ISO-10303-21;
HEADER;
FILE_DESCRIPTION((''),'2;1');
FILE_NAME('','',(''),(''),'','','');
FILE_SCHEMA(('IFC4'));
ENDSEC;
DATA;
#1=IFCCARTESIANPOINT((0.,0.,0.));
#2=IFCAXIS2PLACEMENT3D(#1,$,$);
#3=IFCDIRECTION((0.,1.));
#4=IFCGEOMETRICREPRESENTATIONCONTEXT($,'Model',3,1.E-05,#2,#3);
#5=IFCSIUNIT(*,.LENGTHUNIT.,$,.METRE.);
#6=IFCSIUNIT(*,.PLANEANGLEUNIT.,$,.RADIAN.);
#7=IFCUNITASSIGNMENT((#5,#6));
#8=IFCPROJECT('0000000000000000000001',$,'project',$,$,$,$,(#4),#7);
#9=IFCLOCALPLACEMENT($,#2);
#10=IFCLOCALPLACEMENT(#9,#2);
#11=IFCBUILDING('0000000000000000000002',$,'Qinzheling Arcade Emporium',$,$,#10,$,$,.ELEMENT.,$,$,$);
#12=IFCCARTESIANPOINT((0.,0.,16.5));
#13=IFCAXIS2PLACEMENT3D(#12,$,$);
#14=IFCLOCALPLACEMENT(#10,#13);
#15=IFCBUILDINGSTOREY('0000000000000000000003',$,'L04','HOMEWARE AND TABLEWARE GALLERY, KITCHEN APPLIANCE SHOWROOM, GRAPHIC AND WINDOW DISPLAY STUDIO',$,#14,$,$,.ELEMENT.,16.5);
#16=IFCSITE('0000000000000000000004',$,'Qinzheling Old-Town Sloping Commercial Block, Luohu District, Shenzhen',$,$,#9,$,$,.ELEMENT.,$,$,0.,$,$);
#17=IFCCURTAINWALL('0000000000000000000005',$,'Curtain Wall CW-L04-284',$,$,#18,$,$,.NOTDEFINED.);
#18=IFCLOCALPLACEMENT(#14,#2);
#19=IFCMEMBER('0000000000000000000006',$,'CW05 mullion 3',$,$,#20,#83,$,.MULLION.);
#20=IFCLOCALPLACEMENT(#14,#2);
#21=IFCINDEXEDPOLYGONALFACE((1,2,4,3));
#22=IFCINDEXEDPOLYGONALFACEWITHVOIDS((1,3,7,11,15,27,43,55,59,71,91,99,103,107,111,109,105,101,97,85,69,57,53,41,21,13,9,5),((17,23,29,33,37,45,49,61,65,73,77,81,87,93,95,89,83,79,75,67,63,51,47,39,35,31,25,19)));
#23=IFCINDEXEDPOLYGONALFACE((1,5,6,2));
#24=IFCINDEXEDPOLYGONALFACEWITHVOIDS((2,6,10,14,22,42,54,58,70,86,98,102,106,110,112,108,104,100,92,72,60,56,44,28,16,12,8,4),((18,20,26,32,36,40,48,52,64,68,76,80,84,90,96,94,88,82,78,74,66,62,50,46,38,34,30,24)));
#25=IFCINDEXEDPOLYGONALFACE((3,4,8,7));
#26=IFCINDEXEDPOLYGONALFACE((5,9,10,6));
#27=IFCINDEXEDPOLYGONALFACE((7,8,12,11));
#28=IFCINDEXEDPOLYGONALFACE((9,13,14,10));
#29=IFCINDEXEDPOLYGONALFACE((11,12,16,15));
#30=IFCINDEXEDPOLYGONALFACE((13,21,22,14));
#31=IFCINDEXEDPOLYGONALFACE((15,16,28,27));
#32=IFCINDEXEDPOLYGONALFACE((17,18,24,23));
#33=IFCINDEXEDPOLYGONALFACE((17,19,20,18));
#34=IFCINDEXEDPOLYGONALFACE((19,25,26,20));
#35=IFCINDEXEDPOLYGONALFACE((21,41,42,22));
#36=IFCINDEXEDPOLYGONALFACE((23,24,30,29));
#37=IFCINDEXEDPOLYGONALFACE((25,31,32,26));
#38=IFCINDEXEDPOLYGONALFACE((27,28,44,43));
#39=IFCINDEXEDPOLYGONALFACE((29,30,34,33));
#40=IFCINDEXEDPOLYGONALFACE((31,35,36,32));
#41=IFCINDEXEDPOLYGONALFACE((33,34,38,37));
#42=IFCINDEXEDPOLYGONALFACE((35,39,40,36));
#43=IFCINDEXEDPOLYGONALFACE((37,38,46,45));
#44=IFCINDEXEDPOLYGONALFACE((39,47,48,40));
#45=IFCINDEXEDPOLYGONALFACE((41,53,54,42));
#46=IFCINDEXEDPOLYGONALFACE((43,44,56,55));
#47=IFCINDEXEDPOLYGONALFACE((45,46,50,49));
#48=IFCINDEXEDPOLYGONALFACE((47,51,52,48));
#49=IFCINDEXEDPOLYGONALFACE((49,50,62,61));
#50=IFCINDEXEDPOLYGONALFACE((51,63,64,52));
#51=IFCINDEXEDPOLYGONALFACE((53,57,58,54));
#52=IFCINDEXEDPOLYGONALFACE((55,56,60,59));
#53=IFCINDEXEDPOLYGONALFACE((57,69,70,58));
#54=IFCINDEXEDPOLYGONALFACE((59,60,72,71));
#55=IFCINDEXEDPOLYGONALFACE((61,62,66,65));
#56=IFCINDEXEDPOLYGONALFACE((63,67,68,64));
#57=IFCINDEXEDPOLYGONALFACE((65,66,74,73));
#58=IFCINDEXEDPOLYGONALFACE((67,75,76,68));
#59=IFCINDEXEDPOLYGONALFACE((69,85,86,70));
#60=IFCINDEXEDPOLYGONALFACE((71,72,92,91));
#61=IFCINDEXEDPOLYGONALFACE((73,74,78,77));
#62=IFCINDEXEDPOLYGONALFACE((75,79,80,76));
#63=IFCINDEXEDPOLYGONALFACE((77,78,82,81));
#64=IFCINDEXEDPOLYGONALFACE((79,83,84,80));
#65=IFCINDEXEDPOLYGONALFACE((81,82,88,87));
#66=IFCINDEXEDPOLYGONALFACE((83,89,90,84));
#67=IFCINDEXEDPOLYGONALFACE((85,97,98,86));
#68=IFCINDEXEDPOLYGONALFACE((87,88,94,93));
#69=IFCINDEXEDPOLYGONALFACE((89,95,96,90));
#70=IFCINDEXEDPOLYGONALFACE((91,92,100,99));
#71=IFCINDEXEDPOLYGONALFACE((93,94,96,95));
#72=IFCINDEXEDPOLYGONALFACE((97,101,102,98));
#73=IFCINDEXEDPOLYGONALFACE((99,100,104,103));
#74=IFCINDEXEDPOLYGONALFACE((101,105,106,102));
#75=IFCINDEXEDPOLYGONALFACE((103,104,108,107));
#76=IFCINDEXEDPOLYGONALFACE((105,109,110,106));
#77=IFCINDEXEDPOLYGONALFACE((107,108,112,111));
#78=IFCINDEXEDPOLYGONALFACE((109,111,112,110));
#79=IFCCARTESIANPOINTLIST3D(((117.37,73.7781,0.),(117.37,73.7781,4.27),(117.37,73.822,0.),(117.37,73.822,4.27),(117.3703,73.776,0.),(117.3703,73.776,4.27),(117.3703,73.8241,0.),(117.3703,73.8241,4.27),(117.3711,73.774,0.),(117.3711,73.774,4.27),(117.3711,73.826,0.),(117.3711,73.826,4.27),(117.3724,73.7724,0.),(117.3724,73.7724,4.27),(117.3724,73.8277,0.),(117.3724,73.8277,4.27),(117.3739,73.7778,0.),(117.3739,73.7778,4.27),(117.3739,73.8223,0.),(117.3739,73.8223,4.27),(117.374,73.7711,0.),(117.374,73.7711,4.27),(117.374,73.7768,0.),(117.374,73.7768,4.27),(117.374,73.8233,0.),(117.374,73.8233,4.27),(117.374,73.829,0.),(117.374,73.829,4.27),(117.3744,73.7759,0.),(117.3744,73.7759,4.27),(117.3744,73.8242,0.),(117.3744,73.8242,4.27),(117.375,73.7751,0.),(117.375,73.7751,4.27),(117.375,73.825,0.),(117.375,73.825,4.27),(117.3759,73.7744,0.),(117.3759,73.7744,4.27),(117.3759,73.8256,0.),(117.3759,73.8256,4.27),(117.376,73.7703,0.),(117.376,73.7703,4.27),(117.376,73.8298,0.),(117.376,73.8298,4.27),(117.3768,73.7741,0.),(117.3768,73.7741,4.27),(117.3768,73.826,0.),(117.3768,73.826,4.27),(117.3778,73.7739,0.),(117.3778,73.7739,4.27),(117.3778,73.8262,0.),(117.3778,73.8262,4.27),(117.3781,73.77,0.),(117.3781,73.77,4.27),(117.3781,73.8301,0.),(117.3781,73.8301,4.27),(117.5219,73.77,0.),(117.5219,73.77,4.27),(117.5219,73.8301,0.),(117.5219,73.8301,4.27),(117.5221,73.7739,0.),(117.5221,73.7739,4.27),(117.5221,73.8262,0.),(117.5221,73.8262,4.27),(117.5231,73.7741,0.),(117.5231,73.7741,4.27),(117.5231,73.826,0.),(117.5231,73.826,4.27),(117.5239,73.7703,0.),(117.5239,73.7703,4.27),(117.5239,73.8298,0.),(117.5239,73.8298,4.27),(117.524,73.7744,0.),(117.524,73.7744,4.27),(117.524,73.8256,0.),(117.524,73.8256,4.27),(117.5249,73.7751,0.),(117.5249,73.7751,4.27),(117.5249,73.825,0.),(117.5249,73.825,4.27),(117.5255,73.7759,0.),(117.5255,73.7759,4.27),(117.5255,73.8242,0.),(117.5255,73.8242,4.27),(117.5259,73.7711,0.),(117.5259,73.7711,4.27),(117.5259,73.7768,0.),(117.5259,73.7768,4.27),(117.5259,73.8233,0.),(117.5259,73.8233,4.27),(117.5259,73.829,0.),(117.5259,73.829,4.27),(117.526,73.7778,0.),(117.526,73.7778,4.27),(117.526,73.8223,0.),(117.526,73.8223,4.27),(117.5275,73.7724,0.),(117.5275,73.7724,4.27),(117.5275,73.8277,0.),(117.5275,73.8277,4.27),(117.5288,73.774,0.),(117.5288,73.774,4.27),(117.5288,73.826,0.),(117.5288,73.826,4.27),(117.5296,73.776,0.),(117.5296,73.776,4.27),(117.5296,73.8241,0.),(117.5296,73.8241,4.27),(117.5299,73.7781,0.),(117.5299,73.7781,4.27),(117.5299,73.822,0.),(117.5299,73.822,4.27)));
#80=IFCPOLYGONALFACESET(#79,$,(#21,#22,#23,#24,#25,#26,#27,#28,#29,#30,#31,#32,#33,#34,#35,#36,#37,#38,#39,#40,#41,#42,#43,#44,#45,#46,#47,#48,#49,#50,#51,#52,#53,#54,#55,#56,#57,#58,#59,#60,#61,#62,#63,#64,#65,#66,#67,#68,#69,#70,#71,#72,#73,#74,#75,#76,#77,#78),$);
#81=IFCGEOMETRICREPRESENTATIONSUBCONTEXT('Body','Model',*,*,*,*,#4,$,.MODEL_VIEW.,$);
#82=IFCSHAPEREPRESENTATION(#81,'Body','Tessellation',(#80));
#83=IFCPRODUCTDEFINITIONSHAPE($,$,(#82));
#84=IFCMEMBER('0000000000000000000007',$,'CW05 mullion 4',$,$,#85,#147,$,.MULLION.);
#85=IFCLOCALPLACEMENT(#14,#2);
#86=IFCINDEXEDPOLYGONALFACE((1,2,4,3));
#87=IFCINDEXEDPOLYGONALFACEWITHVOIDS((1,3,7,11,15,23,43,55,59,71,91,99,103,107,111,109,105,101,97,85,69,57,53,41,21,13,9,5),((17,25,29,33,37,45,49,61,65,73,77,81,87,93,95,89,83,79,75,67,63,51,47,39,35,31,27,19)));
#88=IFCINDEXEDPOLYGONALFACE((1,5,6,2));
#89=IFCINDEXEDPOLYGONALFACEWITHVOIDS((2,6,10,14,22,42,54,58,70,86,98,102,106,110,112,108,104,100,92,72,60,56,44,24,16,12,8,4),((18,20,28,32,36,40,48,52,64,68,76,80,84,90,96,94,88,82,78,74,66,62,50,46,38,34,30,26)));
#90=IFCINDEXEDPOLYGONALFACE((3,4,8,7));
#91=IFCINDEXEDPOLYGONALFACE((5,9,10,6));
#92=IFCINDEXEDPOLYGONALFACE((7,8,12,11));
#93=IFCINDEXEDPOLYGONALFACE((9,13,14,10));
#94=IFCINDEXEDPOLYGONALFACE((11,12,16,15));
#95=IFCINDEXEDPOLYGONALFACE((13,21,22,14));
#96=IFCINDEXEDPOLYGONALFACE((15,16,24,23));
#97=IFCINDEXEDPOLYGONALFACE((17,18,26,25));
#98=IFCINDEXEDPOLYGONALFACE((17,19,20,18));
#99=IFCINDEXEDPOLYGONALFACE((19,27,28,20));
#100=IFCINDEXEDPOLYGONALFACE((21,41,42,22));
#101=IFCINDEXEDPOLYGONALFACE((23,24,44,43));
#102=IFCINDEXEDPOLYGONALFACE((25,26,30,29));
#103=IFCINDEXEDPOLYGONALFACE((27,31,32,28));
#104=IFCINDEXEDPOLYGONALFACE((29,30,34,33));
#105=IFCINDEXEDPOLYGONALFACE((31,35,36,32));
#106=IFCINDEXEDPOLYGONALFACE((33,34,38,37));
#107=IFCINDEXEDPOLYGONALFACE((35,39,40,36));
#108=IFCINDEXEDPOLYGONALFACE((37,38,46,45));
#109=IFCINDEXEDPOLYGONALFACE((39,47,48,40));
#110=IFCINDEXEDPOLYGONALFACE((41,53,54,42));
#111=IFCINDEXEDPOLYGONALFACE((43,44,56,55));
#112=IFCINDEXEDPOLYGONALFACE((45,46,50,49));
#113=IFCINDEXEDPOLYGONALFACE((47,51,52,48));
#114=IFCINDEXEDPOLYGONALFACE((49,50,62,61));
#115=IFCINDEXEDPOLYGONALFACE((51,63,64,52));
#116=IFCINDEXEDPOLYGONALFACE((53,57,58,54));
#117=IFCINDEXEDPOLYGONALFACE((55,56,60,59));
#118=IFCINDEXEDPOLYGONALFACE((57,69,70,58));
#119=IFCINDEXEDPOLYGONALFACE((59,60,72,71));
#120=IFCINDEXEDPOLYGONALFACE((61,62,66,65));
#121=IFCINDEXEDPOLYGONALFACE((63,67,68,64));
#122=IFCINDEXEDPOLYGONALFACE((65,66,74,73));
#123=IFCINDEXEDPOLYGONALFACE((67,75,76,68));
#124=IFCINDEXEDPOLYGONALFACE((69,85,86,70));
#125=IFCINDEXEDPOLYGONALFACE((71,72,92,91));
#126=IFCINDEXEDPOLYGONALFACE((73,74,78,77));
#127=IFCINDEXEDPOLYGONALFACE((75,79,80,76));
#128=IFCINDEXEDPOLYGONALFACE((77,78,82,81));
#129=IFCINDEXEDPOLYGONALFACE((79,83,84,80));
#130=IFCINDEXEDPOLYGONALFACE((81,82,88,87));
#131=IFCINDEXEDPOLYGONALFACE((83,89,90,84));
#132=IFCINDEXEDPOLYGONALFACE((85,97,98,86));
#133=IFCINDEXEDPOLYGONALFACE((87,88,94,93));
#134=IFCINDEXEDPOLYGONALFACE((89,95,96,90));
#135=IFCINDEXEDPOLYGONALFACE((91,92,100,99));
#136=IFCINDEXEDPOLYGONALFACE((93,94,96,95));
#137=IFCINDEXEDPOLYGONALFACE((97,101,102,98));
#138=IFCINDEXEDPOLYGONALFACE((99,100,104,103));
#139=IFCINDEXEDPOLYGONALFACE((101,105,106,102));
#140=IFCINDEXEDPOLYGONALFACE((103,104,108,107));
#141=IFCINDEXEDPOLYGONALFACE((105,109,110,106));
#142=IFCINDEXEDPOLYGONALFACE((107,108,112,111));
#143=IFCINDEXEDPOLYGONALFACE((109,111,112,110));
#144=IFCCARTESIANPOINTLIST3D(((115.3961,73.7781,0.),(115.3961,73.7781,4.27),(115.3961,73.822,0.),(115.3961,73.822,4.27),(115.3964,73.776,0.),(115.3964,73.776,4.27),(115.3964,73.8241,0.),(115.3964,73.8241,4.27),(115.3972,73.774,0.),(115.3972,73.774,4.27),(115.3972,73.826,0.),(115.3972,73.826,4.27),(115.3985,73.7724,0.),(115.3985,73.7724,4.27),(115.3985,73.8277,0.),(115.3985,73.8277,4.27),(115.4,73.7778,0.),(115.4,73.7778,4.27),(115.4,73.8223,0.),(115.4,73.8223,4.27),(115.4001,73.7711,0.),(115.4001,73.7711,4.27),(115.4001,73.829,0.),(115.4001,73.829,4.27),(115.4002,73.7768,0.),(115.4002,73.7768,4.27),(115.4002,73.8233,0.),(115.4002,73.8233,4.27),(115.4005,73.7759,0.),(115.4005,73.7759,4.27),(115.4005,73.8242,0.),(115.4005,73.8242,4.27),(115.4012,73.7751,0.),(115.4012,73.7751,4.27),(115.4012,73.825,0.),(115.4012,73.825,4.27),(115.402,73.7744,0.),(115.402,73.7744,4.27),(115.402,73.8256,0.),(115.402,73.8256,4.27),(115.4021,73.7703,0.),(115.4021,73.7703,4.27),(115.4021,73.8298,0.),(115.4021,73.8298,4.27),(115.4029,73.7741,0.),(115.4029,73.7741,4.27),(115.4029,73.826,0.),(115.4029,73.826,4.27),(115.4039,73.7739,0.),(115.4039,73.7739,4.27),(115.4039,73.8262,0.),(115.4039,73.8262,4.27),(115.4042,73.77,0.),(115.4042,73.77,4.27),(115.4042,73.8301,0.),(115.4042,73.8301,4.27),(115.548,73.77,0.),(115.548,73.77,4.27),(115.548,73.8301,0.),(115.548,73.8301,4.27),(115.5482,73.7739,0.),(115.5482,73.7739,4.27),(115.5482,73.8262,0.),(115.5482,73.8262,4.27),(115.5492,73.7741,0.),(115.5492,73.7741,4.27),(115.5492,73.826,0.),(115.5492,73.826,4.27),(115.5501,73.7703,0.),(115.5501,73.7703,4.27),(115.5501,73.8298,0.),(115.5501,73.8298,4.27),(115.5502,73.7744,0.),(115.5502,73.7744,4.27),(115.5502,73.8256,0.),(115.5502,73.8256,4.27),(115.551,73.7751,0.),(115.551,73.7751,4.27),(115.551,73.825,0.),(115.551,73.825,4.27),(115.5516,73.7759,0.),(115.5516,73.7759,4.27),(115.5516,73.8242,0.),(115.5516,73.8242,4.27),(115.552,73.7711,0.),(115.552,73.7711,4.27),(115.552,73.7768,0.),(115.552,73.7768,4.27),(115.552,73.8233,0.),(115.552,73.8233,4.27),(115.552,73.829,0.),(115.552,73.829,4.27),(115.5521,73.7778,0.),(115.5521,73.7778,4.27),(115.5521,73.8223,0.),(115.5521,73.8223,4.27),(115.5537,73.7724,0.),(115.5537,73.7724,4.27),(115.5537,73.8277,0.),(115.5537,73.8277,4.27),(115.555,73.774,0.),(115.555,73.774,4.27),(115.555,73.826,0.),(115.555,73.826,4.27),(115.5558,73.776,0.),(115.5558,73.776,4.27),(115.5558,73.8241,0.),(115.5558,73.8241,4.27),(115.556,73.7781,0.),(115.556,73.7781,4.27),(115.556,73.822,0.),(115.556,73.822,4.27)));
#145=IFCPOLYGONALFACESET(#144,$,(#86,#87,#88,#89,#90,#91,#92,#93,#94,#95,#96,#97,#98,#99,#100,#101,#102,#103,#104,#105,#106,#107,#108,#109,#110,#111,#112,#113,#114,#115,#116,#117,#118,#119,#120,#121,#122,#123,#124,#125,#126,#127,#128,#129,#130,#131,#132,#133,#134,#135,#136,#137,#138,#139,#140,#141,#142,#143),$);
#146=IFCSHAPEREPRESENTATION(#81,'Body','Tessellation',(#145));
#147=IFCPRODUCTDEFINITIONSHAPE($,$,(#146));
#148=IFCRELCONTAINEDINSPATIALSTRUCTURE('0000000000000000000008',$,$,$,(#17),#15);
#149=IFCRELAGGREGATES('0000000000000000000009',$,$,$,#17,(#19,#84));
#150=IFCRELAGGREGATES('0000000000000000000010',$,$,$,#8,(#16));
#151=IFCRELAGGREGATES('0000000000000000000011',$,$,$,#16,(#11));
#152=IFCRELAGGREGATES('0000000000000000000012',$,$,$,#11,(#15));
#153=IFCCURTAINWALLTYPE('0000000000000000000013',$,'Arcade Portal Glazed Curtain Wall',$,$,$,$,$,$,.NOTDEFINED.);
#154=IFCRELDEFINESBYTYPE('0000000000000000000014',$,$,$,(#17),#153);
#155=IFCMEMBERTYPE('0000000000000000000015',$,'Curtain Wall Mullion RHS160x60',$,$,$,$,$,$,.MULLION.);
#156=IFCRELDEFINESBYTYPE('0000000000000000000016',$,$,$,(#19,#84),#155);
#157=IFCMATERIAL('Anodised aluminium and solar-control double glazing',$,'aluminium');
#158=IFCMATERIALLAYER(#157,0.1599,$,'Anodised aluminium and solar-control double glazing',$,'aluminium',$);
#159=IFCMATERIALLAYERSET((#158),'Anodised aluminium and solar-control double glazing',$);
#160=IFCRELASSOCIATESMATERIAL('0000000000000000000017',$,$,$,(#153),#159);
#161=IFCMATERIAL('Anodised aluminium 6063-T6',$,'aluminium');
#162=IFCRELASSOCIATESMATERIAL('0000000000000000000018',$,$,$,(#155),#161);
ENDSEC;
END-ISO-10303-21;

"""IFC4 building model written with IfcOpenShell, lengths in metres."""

from ifc_helpers import new_model, si_unit, direction, frame, origin, origin_2d, place, context, subcontext, project, spatial, hollow_rectangle, extrude, material, layer, layer_set, material_profile, profile_set, type_object, element, aggregate, save


model = new_model("IFC4")

# Units and contexts
model_context = context("Model", 3, precision=1e-05, world=origin(), true_north=direction((0.0, 1.0)))
body_context = subcontext(model_context, "Body", "Model", "MODEL_VIEW")
ifc_project = project(units=[si_unit("LENGTHUNIT", "METRE"), si_unit("PLANEANGLEUNIT", "RADIAN")], contexts=[model_context])

# Site, building, storey
site_placement = place(None, origin())
site = spatial("IfcSite", under=ifc_project, at=site_placement, Name="Qinzheling Old-Town Sloping Commercial Block, Luohu District, Shenzhen", CompositionType="ELEMENT", RefElevation=0.0)
building_placement = place(site_placement, origin())
building = spatial("IfcBuilding", under=site, at=building_placement, Name="Qinzheling Arcade Emporium", CompositionType="ELEMENT")
storey_placement = place(building_placement, frame((0.0, 0.0, 16.5)))
storey = spatial("IfcBuildingStorey", under=building, at=storey_placement, Name="L04", Description="HOMEWARE AND TABLEWARE GALLERY, KITCHEN APPLIANCE SHOWROOM, GRAPHIC AND WINDOW DISPLAY STUDIO", CompositionType="ELEMENT", Elevation=16.5)

# Curtain wall, members
ifc_material_1 = material(Name="Anodised aluminium and solar-control double glazing", Category="aluminium")
ifc_layer_1 = layer(ifc_material_1, 0.1599, Name="Anodised aluminium and solar-control double glazing", Category="aluminium")
ifc_layer_set_1 = layer_set([ifc_layer_1], Name="Anodised aluminium and solar-control double glazing")
curtain_wall_type = type_object("IfcCurtainWallType", Name="Arcade Portal Glazed Curtain Wall", PredefinedType="NOTDEFINED", material=ifc_layer_set_1)
curtain_wall_placement = place(storey_placement, origin())
curtain_wall = element("IfcCurtainWall", 1, at=curtain_wall_placement, inside=storey, type_object=curtain_wall_type, Name="Curtain Wall CW-L04-284", PredefinedType="NOTDEFINED")
ifc_material_2 = material(Name="Anodised aluminium 6063-T6", Category="aluminium")
ifc_material_profile_1 = material_profile(ifc_material_2, hollow_rectangle(XDim=0.0601, YDim=0.1599, WallThickness=0.0039, InnerFilletRadius=0.0039, OuterFilletRadius=0.0081, at=origin_2d()), Name="RHS 160x60x4", Category="aluminium")
ifc_profile_set_1 = profile_set([ifc_material_profile_1], Name="Anodised aluminium 6063-T6")
member_type_1 = type_object("IfcMemberType", Name="Curtain Wall Mullion RHS160x60", PredefinedType="MULLION", material=ifc_profile_set_1)
member_1_placement = place(storey_placement, frame((117.45, 73.8, 0.0), z_axis=(0.0, 0.0, 1.0), x_axis=(0.0, -1.0, 0.0)))
member_1 = element("IfcMember", 2, at=member_1_placement, type_object=member_type_1, Name="CW05 mullion 3", PredefinedType="MULLION", context=body_context, shape_type="SweptSolid", body=[
    extrude(hollow_rectangle(XDim=0.0601, YDim=0.1599, WallThickness=0.0039, InnerFilletRadius=0.0039, OuterFilletRadius=0.0081, at=origin_2d()), origin(), (0.0, 0.0, 1.0), 4.27),
])
member_2_placement = place(storey_placement, frame((115.4761, 73.8, 0.0), z_axis=(0.0, 0.0, 1.0), x_axis=(0.0, -1.0, 0.0)))
member_2 = element("IfcMember", 3, at=member_2_placement, type_object=member_type_1, Name="CW05 mullion 4", PredefinedType="MULLION", context=body_context, shape_type="SweptSolid", body=[
    extrude(hollow_rectangle(XDim=0.0601, YDim=0.1599, WallThickness=0.0039, InnerFilletRadius=0.0039, OuterFilletRadius=0.0081, at=origin_2d()), origin(), (0.0, 0.0, 1.0), 4.27),
])

aggregate(curtain_wall, [member_1, member_2])

save(model, "model.ifc")
